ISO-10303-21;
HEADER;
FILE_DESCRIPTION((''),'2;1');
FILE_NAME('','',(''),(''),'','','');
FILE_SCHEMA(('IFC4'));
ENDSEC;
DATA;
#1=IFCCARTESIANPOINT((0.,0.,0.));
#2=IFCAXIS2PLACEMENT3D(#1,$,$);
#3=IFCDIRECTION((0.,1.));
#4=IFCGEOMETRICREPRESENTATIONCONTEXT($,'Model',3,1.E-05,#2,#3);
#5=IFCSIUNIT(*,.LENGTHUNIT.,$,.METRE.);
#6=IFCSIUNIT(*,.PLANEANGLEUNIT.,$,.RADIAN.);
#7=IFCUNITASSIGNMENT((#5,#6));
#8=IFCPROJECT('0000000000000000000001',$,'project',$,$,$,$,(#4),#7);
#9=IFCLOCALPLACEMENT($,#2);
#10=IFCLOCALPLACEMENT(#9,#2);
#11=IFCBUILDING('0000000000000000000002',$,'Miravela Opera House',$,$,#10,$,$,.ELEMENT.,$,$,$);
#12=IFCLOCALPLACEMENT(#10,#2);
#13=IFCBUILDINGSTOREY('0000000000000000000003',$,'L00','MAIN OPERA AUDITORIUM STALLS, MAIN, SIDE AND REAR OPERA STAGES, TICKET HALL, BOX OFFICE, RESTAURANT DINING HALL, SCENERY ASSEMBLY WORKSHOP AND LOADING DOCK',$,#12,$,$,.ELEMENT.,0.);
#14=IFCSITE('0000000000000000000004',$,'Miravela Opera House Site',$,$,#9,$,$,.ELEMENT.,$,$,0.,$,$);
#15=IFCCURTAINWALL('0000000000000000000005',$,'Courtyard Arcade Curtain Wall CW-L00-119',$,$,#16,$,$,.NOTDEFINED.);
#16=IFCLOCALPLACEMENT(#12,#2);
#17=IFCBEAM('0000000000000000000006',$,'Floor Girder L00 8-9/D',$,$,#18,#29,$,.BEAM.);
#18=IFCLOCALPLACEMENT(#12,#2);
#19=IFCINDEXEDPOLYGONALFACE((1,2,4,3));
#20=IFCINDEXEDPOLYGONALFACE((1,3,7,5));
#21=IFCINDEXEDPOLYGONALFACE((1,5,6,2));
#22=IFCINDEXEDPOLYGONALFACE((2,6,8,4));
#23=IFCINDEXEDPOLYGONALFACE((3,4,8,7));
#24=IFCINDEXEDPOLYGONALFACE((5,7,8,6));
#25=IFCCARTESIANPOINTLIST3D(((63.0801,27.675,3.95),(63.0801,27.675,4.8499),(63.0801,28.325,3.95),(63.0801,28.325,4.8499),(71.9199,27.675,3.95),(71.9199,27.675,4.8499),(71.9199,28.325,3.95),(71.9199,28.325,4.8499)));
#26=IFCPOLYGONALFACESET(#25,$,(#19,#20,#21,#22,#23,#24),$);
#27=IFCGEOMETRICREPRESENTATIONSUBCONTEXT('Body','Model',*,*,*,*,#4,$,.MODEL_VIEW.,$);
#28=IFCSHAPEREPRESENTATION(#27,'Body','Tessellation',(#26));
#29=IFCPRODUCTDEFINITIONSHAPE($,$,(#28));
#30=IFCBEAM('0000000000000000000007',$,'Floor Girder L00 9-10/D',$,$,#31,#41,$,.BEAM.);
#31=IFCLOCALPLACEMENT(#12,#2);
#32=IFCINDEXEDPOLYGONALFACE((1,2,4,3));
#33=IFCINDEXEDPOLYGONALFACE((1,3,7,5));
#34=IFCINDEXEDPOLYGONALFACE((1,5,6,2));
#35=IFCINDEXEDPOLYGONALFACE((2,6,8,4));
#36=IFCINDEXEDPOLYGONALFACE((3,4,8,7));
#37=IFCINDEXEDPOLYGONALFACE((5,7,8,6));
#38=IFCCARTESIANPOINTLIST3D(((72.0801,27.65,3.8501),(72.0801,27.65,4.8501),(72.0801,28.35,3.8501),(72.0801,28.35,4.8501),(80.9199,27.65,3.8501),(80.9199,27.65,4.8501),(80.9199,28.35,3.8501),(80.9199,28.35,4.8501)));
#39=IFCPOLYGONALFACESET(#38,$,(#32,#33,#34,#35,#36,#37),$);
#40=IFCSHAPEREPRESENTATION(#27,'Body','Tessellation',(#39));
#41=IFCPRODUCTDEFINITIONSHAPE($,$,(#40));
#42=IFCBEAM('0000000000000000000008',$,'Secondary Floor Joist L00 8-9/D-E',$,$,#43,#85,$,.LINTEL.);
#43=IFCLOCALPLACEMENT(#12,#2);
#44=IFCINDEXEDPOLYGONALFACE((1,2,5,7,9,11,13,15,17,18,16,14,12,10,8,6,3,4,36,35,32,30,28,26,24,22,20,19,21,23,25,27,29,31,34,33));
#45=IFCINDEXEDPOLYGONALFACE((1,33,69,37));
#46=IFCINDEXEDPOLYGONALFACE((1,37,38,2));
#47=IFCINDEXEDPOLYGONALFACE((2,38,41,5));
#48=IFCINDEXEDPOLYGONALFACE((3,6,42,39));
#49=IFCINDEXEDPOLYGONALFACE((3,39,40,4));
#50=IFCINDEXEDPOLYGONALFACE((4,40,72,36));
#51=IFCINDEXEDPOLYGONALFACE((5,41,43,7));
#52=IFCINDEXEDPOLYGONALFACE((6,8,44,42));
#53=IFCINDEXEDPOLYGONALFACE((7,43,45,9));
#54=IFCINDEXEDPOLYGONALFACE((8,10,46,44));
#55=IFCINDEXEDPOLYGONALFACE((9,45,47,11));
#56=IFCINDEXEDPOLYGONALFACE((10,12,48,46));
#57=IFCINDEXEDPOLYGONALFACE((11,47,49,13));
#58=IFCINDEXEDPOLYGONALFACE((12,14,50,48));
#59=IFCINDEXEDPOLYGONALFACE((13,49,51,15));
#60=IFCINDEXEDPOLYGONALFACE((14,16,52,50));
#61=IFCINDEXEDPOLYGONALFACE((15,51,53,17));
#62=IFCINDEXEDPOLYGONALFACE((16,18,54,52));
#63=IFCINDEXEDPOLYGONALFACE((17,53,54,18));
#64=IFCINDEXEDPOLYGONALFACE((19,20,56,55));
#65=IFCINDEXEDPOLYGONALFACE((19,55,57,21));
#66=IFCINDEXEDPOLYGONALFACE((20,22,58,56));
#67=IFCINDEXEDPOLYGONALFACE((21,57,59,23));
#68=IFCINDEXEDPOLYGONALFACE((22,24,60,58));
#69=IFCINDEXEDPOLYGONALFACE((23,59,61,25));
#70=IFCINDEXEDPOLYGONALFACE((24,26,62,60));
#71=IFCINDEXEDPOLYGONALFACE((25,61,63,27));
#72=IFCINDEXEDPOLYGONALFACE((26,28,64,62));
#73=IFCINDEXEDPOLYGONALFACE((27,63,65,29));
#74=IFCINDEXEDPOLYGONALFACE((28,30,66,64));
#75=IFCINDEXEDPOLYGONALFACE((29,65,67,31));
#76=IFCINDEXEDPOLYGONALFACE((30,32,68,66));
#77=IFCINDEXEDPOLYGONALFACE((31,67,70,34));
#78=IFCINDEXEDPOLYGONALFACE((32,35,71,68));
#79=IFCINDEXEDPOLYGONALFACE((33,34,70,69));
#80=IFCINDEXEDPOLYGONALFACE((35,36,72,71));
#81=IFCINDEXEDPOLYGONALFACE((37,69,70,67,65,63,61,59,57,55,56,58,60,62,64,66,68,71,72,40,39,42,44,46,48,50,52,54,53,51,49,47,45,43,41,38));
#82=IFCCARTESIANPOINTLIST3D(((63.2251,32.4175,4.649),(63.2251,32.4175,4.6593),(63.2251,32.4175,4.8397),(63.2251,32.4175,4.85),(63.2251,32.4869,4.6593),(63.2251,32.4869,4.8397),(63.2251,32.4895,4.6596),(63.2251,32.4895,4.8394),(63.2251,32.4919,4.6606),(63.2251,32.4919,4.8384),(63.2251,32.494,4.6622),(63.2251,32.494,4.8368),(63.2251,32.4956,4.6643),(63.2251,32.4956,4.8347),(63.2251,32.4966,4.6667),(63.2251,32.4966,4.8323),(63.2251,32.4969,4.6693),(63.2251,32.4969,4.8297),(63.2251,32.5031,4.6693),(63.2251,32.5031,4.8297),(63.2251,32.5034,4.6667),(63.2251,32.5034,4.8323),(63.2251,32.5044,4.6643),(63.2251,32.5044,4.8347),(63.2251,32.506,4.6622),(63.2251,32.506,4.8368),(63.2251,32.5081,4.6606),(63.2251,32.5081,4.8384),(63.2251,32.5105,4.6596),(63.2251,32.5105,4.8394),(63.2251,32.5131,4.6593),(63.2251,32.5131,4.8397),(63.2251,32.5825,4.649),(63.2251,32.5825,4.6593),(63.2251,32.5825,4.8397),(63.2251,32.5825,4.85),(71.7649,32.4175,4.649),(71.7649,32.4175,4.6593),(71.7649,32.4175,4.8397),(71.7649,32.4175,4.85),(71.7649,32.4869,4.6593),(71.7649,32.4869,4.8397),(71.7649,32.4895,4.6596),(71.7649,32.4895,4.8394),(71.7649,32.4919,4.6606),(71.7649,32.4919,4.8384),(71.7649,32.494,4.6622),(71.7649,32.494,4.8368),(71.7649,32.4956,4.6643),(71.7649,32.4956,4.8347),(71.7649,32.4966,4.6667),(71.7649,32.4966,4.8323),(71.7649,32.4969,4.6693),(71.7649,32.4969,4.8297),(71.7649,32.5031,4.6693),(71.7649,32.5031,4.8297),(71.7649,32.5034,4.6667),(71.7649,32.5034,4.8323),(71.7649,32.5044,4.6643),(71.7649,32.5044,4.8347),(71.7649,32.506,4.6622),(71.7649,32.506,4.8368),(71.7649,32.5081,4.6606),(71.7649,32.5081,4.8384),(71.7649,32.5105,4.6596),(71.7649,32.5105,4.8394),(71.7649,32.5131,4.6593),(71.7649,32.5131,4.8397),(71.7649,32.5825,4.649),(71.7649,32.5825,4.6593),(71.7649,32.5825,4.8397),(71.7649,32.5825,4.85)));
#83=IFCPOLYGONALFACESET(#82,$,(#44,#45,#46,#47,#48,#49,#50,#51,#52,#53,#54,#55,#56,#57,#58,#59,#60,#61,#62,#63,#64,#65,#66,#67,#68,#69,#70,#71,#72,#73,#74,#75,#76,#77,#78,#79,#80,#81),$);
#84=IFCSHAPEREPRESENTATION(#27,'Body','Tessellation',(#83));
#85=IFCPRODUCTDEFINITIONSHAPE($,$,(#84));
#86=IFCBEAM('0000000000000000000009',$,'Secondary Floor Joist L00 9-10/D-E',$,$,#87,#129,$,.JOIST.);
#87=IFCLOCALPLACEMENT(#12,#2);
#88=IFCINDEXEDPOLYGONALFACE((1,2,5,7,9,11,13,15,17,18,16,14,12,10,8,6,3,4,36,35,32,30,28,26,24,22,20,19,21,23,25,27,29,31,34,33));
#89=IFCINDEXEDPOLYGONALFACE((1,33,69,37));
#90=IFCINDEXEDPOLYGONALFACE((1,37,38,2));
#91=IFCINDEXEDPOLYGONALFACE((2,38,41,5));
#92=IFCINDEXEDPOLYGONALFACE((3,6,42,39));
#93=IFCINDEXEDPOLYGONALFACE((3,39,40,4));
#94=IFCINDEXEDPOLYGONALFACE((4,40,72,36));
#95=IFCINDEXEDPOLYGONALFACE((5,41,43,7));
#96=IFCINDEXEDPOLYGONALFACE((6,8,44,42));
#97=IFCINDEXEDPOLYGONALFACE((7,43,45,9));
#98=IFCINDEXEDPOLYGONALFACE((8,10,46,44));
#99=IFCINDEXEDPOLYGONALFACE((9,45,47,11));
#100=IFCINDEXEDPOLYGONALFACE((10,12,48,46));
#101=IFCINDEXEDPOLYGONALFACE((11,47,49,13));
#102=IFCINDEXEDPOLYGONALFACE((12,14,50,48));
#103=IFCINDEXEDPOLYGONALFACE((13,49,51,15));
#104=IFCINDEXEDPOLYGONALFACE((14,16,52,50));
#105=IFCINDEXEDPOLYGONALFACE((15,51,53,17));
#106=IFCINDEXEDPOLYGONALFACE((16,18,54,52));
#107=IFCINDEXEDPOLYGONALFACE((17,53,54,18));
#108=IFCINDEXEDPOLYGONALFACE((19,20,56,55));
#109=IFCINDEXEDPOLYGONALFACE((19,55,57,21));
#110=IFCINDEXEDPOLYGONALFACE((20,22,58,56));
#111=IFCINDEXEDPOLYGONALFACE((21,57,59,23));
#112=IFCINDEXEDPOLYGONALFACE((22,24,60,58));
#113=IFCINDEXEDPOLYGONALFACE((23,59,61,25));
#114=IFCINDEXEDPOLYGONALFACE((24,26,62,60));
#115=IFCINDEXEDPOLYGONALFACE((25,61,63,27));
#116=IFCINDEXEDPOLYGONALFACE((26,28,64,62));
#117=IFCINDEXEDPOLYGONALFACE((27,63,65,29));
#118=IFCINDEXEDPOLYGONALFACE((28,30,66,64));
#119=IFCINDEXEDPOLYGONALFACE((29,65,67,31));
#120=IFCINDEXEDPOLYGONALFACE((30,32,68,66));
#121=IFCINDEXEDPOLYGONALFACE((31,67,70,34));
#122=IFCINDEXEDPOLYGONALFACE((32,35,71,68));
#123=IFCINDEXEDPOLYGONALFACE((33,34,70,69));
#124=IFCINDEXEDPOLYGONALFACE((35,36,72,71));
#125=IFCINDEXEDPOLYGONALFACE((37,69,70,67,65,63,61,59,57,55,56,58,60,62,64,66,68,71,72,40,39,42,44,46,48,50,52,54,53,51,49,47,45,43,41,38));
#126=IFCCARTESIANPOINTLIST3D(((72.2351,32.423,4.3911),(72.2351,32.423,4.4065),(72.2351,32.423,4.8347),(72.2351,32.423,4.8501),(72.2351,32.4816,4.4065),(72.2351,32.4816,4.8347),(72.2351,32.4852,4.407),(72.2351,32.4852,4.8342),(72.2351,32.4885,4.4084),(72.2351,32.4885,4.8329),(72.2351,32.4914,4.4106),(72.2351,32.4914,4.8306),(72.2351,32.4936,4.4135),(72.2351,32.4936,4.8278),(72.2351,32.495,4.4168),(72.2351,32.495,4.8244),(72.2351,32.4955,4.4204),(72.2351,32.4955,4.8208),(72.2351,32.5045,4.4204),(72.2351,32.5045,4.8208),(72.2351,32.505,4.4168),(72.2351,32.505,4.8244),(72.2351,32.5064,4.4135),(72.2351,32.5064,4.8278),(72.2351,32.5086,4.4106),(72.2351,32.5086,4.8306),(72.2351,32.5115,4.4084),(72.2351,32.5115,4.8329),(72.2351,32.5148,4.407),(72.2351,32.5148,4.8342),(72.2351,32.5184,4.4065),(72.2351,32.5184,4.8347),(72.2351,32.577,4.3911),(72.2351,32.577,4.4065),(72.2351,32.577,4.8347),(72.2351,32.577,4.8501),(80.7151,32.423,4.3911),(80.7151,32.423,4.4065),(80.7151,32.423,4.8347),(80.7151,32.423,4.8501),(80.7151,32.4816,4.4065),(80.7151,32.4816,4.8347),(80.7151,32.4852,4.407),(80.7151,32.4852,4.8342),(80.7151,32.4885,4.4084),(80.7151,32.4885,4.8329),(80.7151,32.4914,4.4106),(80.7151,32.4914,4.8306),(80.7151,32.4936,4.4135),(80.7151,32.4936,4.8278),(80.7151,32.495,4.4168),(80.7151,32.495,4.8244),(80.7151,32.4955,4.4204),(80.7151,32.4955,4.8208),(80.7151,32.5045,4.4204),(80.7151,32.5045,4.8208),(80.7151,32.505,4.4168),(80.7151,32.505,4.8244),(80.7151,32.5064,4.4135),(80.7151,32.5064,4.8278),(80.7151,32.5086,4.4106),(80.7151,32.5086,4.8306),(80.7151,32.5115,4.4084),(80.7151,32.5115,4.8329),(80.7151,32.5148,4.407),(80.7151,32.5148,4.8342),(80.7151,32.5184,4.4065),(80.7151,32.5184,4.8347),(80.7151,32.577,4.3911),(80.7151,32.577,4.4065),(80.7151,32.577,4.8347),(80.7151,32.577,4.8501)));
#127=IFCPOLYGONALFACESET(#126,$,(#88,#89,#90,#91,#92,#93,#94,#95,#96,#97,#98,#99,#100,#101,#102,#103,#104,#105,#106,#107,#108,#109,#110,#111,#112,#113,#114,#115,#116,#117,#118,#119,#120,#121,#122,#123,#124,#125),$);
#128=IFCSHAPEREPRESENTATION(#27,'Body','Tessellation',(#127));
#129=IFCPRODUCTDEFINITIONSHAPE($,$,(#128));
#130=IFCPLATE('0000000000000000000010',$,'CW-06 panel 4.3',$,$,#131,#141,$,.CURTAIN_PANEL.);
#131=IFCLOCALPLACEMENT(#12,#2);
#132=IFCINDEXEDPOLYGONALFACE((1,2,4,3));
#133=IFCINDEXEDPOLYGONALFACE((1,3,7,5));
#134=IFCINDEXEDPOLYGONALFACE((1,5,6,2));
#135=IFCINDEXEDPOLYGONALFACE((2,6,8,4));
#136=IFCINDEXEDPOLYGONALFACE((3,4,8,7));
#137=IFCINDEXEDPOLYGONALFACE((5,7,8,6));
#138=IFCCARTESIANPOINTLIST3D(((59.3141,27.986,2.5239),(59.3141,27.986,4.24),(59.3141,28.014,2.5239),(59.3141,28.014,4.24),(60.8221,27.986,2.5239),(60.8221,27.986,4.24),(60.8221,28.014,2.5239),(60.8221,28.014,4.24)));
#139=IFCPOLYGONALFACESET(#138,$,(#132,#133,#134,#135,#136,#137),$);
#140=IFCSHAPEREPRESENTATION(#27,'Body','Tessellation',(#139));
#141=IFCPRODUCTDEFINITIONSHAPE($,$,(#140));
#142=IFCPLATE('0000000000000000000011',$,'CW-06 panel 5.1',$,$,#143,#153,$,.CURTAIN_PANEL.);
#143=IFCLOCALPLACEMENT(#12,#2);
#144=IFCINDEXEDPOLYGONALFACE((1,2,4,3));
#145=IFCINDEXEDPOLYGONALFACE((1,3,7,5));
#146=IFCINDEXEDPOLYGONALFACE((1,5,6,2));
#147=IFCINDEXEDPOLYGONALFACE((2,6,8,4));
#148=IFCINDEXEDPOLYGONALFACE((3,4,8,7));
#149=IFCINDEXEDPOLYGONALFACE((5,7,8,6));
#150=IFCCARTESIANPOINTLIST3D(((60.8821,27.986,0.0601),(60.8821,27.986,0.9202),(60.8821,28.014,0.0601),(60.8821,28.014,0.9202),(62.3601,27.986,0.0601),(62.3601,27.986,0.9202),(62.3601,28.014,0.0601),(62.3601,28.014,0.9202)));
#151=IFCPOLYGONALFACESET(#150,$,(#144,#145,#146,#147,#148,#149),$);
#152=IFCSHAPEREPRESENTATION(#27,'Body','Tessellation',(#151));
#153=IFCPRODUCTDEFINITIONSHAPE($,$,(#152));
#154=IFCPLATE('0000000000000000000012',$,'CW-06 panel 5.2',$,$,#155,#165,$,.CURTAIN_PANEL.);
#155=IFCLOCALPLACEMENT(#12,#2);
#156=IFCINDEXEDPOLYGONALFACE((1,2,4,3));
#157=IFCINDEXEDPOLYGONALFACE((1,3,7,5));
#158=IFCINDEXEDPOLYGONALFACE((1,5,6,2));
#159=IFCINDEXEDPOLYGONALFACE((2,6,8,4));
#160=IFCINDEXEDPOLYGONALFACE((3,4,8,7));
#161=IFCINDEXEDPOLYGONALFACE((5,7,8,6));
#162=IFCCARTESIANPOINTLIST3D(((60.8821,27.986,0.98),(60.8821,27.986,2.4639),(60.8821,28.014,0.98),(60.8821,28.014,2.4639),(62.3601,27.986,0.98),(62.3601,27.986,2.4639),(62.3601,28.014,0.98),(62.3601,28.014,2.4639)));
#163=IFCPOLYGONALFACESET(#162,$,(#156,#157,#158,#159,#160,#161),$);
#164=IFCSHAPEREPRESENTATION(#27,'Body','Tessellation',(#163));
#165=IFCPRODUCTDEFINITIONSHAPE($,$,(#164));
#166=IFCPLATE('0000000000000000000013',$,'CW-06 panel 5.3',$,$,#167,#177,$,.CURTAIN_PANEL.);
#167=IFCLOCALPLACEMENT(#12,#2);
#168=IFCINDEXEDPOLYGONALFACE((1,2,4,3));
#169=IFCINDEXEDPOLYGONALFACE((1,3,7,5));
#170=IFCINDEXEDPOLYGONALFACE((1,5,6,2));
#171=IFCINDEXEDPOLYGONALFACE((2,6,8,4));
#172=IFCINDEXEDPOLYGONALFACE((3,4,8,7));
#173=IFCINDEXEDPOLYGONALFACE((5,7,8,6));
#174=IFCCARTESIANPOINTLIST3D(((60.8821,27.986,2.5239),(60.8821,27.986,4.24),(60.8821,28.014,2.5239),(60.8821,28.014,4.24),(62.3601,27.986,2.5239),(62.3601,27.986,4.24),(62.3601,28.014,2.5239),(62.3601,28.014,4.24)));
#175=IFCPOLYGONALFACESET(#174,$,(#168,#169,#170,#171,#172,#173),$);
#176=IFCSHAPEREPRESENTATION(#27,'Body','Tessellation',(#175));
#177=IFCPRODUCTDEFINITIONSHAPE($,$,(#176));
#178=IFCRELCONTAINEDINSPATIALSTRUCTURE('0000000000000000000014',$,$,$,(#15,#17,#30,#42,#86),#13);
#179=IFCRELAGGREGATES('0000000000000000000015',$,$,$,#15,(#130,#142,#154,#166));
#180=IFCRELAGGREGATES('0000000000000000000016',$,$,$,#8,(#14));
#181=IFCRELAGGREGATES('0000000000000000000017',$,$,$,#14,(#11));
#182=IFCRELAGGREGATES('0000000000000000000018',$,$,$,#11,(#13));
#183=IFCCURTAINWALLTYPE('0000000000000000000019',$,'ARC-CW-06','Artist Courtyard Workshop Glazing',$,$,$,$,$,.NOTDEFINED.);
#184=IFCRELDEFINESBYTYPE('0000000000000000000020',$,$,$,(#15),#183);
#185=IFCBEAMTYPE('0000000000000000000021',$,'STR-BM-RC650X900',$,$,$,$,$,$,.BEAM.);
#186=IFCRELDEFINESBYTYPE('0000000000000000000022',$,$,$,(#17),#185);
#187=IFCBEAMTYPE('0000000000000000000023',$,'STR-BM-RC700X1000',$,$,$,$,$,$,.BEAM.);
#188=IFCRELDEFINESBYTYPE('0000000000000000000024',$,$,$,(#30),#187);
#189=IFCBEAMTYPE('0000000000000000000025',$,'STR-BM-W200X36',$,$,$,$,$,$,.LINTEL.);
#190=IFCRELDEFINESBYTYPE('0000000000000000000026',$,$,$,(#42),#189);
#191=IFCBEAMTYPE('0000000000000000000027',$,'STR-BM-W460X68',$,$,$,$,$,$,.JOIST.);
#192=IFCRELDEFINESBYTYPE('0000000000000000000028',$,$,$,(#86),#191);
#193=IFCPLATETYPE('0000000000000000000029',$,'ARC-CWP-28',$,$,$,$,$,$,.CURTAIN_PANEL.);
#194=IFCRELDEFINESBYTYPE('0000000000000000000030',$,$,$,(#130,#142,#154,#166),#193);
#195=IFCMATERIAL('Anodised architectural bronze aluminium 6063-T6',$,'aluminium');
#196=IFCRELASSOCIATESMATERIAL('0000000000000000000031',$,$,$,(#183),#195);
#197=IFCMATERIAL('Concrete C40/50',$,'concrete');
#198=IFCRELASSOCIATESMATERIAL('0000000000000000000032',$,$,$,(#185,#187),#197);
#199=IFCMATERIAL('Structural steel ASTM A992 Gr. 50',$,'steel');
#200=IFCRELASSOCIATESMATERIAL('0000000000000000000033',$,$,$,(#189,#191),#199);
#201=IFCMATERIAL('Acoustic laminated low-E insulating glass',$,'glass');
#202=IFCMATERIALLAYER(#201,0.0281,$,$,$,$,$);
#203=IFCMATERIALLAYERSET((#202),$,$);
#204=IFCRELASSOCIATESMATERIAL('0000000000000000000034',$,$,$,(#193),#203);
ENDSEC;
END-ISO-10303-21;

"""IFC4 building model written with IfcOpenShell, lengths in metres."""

from ifc_helpers import new_model, si_unit, direction, frame, origin, origin_2d, place, context, subcontext, project, spatial, rectangle, i_section, extrude, material, layer, layer_set, material_profile, profile_set, type_object, element, aggregate, save


model = new_model("IFC4")

# Units and contexts
model_context = context("Model", 3, precision=1e-05, world=origin(), true_north=direction((0.0, 1.0)))
body_context = subcontext(model_context, "Body", "Model", "MODEL_VIEW")
ifc_project = project(units=[si_unit("LENGTHUNIT", "METRE"), si_unit("PLANEANGLEUNIT", "RADIAN")], contexts=[model_context])

# Site, building, storey
site_placement = place(None, origin())
site = spatial("IfcSite", under=ifc_project, at=site_placement, Name="Miravela Opera House Site", CompositionType="ELEMENT", RefElevation=0.0)
building_placement = place(site_placement, origin())
building = spatial("IfcBuilding", under=site, at=building_placement, Name="Miravela Opera House", CompositionType="ELEMENT")
storey_placement = place(building_placement, origin())
storey = spatial("IfcBuildingStorey", under=building, at=storey_placement, Name="L00", Description="MAIN OPERA AUDITORIUM STALLS, MAIN, SIDE AND REAR OPERA STAGES, TICKET HALL, BOX OFFICE, RESTAURANT DINING HALL, SCENERY ASSEMBLY WORKSHOP AND LOADING DOCK", CompositionType="ELEMENT", Elevation=0.0)

# Curtain wall
ifc_material_1 = material(Name="Anodised architectural bronze aluminium 6063-T6", Category="aluminium")
curtain_wall_type = type_object("IfcCurtainWallType", Name="ARC-CW-06", Description="Artist Courtyard Workshop Glazing", PredefinedType="NOTDEFINED", material=ifc_material_1)
curtain_wall_placement = place(storey_placement, origin())
curtain_wall = element("IfcCurtainWall", 1, at=curtain_wall_placement, inside=storey, type_object=curtain_wall_type, Name="Courtyard Arcade Curtain Wall CW-L00-119", PredefinedType="NOTDEFINED")

# Beams
ifc_material_2 = material(Name="Concrete C40/50", Category="concrete")
ifc_material_profile_1 = material_profile(ifc_material_2, rectangle(XDim=0.6499, YDim=0.8999, at=origin_2d()), Name="RC-BM-650X900")
ifc_profile_set_1 = profile_set([ifc_material_profile_1])
beam_type_1 = type_object("IfcBeamType", Name="STR-BM-RC650X900", PredefinedType="BEAM", material=ifc_profile_set_1)
beam_1_placement = place(storey_placement, frame((63.0801, 28.0, 4.3999), z_axis=(1.0, 0.0, 0.0), x_axis=(0.0, 1.0, 0.0)))
element("IfcBeam", 2, at=beam_1_placement, inside=storey, type_object=beam_type_1, Name="Floor Girder L00 8-9/D", PredefinedType="BEAM", context=body_context, shape_type="SweptSolid", body=[
    extrude(rectangle(XDim=0.6499, YDim=0.8999, at=origin_2d()), origin(), (0.0, 0.0, 1.0), 8.8398),
])
ifc_material_profile_2 = material_profile(ifc_material_2, rectangle(XDim=0.7, YDim=1.0, at=origin_2d()), Name="RC-BM-700X1000")
ifc_profile_set_2 = profile_set([ifc_material_profile_2])
beam_type_2 = type_object("IfcBeamType", Name="STR-BM-RC700X1000", PredefinedType="BEAM", material=ifc_profile_set_2)
beam_2_placement = place(storey_placement, frame((72.0801, 28.0, 4.3501), z_axis=(1.0, 0.0, 0.0), x_axis=(0.0, 1.0, 0.0)))
element("IfcBeam", 3, at=beam_2_placement, inside=storey, type_object=beam_type_2, Name="Floor Girder L00 9-10/D", PredefinedType="BEAM", context=body_context, shape_type="SweptSolid", body=[
    extrude(rectangle(XDim=0.7, YDim=1.0, at=origin_2d()), origin(), (0.0, 0.0, 1.0), 8.8398),
])
ifc_material_3 = material(Name="Structural steel ASTM A992 Gr. 50", Category="steel")
ifc_material_profile_3 = material_profile(ifc_material_3, i_section(OverallWidth=0.165, OverallDepth=0.2009, WebThickness=0.0061, FlangeThickness=0.0103, FilletRadius=0.01, at=origin_2d()), Name="W200X36")
ifc_profile_set_3 = profile_set([ifc_material_profile_3])
beam_type_3 = type_object("IfcBeamType", Name="STR-BM-W200X36", PredefinedType="LINTEL", material=ifc_profile_set_3)
beam_3_placement = place(storey_placement, frame((63.2251, 32.5, 4.7495), z_axis=(1.0, 0.0, 0.0), x_axis=(0.0, 1.0, 0.0)))
element("IfcBeam", 4, at=beam_3_placement, inside=storey, type_object=beam_type_3, Name="Secondary Floor Joist L00 8-9/D-E", PredefinedType="LINTEL", context=body_context, shape_type="SweptSolid", body=[
    extrude(i_section(OverallWidth=0.165, OverallDepth=0.2009, WebThickness=0.0061, FlangeThickness=0.0103, FilletRadius=0.01, at=origin_2d()), origin(), (0.0, 0.0, 1.0), 8.5398),
])
ifc_material_profile_4 = material_profile(ifc_material_3, i_section(OverallWidth=0.1541, OverallDepth=0.459, WebThickness=0.009, FlangeThickness=0.0154, FilletRadius=0.0139, at=origin_2d()), Name="W460X68")
ifc_profile_set_4 = profile_set([ifc_material_profile_4])
beam_type_4 = type_object("IfcBeamType", Name="STR-BM-W460X68", PredefinedType="JOIST", material=ifc_profile_set_4)
beam_4_placement = place(storey_placement, frame((72.2351, 32.5, 4.6206), z_axis=(1.0, 0.0, 0.0), x_axis=(0.0, 1.0, 0.0)))
element("IfcBeam", 5, at=beam_4_placement, inside=storey, type_object=beam_type_4, Name="Secondary Floor Joist L00 9-10/D-E", PredefinedType="JOIST", context=body_context, shape_type="SweptSolid", body=[
    extrude(i_section(OverallWidth=0.1541, OverallDepth=0.459, WebThickness=0.009, FlangeThickness=0.0154, FilletRadius=0.0139, at=origin_2d()), origin(), (0.0, 0.0, 1.0), 8.48),
])

# Plates
ifc_material_4 = material(Name="Acoustic laminated low-E insulating glass", Category="glass")
ifc_layer_1 = layer(ifc_material_4, 0.0281)
ifc_layer_set_1 = layer_set([ifc_layer_1])
plate_type = type_object("IfcPlateType", Name="ARC-CWP-28", PredefinedType="CURTAIN_PANEL", material=ifc_layer_set_1)
plate_1_placement = place(storey_placement, frame((60.0681, 28.0, 2.5239), z_axis=(0.0, 0.0, 1.0), x_axis=(1.0, 0.0, 0.0)))
plate_1 = element("IfcPlate", 6, at=plate_1_placement, type_object=plate_type, Name="CW-06 panel 4.3", PredefinedType="CURTAIN_PANEL", context=body_context, shape_type="SweptSolid", body=[
    extrude(rectangle(XDim=1.5081, YDim=0.0281, at=origin_2d()), origin(), (0.0, 0.0, 1.0), 1.7161),
])
plate_2_placement = place(storey_placement, frame((61.6211, 28.0, 0.0601), z_axis=(0.0, 0.0, 1.0), x_axis=(1.0, 0.0, 0.0)))
plate_2 = element("IfcPlate", 7, at=plate_2_placement, type_object=plate_type, Name="CW-06 panel 5.1", PredefinedType="CURTAIN_PANEL", context=body_context, shape_type="SweptSolid", body=[
    extrude(rectangle(XDim=1.478, YDim=0.0281, at=origin_2d()), origin(), (0.0, 0.0, 1.0), 0.8601),
])
plate_3_placement = place(storey_placement, frame((61.6211, 28.0, 0.98), z_axis=(0.0, 0.0, 1.0), x_axis=(1.0, 0.0, 0.0)))
plate_3 = element("IfcPlate", 8, at=plate_3_placement, type_object=plate_type, Name="CW-06 panel 5.2", PredefinedType="CURTAIN_PANEL", context=body_context, shape_type="SweptSolid", body=[
    extrude(rectangle(XDim=1.478, YDim=0.0281, at=origin_2d()), origin(), (0.0, 0.0, 1.0), 1.4839),
])
plate_4_placement = place(storey_placement, frame((61.6211, 28.0, 2.5239), z_axis=(0.0, 0.0, 1.0), x_axis=(1.0, 0.0, 0.0)))
plate_4 = element("IfcPlate", 9, at=plate_4_placement, type_object=plate_type, Name="CW-06 panel 5.3", PredefinedType="CURTAIN_PANEL", context=body_context, shape_type="SweptSolid", body=[
    extrude(rectangle(XDim=1.478, YDim=0.0281, at=origin_2d()), origin(), (0.0, 0.0, 1.0), 1.7161),
])
aggregate(curtain_wall, [plate_1, plate_2, plate_3, plate_4])

save(model, "model.ifc")
